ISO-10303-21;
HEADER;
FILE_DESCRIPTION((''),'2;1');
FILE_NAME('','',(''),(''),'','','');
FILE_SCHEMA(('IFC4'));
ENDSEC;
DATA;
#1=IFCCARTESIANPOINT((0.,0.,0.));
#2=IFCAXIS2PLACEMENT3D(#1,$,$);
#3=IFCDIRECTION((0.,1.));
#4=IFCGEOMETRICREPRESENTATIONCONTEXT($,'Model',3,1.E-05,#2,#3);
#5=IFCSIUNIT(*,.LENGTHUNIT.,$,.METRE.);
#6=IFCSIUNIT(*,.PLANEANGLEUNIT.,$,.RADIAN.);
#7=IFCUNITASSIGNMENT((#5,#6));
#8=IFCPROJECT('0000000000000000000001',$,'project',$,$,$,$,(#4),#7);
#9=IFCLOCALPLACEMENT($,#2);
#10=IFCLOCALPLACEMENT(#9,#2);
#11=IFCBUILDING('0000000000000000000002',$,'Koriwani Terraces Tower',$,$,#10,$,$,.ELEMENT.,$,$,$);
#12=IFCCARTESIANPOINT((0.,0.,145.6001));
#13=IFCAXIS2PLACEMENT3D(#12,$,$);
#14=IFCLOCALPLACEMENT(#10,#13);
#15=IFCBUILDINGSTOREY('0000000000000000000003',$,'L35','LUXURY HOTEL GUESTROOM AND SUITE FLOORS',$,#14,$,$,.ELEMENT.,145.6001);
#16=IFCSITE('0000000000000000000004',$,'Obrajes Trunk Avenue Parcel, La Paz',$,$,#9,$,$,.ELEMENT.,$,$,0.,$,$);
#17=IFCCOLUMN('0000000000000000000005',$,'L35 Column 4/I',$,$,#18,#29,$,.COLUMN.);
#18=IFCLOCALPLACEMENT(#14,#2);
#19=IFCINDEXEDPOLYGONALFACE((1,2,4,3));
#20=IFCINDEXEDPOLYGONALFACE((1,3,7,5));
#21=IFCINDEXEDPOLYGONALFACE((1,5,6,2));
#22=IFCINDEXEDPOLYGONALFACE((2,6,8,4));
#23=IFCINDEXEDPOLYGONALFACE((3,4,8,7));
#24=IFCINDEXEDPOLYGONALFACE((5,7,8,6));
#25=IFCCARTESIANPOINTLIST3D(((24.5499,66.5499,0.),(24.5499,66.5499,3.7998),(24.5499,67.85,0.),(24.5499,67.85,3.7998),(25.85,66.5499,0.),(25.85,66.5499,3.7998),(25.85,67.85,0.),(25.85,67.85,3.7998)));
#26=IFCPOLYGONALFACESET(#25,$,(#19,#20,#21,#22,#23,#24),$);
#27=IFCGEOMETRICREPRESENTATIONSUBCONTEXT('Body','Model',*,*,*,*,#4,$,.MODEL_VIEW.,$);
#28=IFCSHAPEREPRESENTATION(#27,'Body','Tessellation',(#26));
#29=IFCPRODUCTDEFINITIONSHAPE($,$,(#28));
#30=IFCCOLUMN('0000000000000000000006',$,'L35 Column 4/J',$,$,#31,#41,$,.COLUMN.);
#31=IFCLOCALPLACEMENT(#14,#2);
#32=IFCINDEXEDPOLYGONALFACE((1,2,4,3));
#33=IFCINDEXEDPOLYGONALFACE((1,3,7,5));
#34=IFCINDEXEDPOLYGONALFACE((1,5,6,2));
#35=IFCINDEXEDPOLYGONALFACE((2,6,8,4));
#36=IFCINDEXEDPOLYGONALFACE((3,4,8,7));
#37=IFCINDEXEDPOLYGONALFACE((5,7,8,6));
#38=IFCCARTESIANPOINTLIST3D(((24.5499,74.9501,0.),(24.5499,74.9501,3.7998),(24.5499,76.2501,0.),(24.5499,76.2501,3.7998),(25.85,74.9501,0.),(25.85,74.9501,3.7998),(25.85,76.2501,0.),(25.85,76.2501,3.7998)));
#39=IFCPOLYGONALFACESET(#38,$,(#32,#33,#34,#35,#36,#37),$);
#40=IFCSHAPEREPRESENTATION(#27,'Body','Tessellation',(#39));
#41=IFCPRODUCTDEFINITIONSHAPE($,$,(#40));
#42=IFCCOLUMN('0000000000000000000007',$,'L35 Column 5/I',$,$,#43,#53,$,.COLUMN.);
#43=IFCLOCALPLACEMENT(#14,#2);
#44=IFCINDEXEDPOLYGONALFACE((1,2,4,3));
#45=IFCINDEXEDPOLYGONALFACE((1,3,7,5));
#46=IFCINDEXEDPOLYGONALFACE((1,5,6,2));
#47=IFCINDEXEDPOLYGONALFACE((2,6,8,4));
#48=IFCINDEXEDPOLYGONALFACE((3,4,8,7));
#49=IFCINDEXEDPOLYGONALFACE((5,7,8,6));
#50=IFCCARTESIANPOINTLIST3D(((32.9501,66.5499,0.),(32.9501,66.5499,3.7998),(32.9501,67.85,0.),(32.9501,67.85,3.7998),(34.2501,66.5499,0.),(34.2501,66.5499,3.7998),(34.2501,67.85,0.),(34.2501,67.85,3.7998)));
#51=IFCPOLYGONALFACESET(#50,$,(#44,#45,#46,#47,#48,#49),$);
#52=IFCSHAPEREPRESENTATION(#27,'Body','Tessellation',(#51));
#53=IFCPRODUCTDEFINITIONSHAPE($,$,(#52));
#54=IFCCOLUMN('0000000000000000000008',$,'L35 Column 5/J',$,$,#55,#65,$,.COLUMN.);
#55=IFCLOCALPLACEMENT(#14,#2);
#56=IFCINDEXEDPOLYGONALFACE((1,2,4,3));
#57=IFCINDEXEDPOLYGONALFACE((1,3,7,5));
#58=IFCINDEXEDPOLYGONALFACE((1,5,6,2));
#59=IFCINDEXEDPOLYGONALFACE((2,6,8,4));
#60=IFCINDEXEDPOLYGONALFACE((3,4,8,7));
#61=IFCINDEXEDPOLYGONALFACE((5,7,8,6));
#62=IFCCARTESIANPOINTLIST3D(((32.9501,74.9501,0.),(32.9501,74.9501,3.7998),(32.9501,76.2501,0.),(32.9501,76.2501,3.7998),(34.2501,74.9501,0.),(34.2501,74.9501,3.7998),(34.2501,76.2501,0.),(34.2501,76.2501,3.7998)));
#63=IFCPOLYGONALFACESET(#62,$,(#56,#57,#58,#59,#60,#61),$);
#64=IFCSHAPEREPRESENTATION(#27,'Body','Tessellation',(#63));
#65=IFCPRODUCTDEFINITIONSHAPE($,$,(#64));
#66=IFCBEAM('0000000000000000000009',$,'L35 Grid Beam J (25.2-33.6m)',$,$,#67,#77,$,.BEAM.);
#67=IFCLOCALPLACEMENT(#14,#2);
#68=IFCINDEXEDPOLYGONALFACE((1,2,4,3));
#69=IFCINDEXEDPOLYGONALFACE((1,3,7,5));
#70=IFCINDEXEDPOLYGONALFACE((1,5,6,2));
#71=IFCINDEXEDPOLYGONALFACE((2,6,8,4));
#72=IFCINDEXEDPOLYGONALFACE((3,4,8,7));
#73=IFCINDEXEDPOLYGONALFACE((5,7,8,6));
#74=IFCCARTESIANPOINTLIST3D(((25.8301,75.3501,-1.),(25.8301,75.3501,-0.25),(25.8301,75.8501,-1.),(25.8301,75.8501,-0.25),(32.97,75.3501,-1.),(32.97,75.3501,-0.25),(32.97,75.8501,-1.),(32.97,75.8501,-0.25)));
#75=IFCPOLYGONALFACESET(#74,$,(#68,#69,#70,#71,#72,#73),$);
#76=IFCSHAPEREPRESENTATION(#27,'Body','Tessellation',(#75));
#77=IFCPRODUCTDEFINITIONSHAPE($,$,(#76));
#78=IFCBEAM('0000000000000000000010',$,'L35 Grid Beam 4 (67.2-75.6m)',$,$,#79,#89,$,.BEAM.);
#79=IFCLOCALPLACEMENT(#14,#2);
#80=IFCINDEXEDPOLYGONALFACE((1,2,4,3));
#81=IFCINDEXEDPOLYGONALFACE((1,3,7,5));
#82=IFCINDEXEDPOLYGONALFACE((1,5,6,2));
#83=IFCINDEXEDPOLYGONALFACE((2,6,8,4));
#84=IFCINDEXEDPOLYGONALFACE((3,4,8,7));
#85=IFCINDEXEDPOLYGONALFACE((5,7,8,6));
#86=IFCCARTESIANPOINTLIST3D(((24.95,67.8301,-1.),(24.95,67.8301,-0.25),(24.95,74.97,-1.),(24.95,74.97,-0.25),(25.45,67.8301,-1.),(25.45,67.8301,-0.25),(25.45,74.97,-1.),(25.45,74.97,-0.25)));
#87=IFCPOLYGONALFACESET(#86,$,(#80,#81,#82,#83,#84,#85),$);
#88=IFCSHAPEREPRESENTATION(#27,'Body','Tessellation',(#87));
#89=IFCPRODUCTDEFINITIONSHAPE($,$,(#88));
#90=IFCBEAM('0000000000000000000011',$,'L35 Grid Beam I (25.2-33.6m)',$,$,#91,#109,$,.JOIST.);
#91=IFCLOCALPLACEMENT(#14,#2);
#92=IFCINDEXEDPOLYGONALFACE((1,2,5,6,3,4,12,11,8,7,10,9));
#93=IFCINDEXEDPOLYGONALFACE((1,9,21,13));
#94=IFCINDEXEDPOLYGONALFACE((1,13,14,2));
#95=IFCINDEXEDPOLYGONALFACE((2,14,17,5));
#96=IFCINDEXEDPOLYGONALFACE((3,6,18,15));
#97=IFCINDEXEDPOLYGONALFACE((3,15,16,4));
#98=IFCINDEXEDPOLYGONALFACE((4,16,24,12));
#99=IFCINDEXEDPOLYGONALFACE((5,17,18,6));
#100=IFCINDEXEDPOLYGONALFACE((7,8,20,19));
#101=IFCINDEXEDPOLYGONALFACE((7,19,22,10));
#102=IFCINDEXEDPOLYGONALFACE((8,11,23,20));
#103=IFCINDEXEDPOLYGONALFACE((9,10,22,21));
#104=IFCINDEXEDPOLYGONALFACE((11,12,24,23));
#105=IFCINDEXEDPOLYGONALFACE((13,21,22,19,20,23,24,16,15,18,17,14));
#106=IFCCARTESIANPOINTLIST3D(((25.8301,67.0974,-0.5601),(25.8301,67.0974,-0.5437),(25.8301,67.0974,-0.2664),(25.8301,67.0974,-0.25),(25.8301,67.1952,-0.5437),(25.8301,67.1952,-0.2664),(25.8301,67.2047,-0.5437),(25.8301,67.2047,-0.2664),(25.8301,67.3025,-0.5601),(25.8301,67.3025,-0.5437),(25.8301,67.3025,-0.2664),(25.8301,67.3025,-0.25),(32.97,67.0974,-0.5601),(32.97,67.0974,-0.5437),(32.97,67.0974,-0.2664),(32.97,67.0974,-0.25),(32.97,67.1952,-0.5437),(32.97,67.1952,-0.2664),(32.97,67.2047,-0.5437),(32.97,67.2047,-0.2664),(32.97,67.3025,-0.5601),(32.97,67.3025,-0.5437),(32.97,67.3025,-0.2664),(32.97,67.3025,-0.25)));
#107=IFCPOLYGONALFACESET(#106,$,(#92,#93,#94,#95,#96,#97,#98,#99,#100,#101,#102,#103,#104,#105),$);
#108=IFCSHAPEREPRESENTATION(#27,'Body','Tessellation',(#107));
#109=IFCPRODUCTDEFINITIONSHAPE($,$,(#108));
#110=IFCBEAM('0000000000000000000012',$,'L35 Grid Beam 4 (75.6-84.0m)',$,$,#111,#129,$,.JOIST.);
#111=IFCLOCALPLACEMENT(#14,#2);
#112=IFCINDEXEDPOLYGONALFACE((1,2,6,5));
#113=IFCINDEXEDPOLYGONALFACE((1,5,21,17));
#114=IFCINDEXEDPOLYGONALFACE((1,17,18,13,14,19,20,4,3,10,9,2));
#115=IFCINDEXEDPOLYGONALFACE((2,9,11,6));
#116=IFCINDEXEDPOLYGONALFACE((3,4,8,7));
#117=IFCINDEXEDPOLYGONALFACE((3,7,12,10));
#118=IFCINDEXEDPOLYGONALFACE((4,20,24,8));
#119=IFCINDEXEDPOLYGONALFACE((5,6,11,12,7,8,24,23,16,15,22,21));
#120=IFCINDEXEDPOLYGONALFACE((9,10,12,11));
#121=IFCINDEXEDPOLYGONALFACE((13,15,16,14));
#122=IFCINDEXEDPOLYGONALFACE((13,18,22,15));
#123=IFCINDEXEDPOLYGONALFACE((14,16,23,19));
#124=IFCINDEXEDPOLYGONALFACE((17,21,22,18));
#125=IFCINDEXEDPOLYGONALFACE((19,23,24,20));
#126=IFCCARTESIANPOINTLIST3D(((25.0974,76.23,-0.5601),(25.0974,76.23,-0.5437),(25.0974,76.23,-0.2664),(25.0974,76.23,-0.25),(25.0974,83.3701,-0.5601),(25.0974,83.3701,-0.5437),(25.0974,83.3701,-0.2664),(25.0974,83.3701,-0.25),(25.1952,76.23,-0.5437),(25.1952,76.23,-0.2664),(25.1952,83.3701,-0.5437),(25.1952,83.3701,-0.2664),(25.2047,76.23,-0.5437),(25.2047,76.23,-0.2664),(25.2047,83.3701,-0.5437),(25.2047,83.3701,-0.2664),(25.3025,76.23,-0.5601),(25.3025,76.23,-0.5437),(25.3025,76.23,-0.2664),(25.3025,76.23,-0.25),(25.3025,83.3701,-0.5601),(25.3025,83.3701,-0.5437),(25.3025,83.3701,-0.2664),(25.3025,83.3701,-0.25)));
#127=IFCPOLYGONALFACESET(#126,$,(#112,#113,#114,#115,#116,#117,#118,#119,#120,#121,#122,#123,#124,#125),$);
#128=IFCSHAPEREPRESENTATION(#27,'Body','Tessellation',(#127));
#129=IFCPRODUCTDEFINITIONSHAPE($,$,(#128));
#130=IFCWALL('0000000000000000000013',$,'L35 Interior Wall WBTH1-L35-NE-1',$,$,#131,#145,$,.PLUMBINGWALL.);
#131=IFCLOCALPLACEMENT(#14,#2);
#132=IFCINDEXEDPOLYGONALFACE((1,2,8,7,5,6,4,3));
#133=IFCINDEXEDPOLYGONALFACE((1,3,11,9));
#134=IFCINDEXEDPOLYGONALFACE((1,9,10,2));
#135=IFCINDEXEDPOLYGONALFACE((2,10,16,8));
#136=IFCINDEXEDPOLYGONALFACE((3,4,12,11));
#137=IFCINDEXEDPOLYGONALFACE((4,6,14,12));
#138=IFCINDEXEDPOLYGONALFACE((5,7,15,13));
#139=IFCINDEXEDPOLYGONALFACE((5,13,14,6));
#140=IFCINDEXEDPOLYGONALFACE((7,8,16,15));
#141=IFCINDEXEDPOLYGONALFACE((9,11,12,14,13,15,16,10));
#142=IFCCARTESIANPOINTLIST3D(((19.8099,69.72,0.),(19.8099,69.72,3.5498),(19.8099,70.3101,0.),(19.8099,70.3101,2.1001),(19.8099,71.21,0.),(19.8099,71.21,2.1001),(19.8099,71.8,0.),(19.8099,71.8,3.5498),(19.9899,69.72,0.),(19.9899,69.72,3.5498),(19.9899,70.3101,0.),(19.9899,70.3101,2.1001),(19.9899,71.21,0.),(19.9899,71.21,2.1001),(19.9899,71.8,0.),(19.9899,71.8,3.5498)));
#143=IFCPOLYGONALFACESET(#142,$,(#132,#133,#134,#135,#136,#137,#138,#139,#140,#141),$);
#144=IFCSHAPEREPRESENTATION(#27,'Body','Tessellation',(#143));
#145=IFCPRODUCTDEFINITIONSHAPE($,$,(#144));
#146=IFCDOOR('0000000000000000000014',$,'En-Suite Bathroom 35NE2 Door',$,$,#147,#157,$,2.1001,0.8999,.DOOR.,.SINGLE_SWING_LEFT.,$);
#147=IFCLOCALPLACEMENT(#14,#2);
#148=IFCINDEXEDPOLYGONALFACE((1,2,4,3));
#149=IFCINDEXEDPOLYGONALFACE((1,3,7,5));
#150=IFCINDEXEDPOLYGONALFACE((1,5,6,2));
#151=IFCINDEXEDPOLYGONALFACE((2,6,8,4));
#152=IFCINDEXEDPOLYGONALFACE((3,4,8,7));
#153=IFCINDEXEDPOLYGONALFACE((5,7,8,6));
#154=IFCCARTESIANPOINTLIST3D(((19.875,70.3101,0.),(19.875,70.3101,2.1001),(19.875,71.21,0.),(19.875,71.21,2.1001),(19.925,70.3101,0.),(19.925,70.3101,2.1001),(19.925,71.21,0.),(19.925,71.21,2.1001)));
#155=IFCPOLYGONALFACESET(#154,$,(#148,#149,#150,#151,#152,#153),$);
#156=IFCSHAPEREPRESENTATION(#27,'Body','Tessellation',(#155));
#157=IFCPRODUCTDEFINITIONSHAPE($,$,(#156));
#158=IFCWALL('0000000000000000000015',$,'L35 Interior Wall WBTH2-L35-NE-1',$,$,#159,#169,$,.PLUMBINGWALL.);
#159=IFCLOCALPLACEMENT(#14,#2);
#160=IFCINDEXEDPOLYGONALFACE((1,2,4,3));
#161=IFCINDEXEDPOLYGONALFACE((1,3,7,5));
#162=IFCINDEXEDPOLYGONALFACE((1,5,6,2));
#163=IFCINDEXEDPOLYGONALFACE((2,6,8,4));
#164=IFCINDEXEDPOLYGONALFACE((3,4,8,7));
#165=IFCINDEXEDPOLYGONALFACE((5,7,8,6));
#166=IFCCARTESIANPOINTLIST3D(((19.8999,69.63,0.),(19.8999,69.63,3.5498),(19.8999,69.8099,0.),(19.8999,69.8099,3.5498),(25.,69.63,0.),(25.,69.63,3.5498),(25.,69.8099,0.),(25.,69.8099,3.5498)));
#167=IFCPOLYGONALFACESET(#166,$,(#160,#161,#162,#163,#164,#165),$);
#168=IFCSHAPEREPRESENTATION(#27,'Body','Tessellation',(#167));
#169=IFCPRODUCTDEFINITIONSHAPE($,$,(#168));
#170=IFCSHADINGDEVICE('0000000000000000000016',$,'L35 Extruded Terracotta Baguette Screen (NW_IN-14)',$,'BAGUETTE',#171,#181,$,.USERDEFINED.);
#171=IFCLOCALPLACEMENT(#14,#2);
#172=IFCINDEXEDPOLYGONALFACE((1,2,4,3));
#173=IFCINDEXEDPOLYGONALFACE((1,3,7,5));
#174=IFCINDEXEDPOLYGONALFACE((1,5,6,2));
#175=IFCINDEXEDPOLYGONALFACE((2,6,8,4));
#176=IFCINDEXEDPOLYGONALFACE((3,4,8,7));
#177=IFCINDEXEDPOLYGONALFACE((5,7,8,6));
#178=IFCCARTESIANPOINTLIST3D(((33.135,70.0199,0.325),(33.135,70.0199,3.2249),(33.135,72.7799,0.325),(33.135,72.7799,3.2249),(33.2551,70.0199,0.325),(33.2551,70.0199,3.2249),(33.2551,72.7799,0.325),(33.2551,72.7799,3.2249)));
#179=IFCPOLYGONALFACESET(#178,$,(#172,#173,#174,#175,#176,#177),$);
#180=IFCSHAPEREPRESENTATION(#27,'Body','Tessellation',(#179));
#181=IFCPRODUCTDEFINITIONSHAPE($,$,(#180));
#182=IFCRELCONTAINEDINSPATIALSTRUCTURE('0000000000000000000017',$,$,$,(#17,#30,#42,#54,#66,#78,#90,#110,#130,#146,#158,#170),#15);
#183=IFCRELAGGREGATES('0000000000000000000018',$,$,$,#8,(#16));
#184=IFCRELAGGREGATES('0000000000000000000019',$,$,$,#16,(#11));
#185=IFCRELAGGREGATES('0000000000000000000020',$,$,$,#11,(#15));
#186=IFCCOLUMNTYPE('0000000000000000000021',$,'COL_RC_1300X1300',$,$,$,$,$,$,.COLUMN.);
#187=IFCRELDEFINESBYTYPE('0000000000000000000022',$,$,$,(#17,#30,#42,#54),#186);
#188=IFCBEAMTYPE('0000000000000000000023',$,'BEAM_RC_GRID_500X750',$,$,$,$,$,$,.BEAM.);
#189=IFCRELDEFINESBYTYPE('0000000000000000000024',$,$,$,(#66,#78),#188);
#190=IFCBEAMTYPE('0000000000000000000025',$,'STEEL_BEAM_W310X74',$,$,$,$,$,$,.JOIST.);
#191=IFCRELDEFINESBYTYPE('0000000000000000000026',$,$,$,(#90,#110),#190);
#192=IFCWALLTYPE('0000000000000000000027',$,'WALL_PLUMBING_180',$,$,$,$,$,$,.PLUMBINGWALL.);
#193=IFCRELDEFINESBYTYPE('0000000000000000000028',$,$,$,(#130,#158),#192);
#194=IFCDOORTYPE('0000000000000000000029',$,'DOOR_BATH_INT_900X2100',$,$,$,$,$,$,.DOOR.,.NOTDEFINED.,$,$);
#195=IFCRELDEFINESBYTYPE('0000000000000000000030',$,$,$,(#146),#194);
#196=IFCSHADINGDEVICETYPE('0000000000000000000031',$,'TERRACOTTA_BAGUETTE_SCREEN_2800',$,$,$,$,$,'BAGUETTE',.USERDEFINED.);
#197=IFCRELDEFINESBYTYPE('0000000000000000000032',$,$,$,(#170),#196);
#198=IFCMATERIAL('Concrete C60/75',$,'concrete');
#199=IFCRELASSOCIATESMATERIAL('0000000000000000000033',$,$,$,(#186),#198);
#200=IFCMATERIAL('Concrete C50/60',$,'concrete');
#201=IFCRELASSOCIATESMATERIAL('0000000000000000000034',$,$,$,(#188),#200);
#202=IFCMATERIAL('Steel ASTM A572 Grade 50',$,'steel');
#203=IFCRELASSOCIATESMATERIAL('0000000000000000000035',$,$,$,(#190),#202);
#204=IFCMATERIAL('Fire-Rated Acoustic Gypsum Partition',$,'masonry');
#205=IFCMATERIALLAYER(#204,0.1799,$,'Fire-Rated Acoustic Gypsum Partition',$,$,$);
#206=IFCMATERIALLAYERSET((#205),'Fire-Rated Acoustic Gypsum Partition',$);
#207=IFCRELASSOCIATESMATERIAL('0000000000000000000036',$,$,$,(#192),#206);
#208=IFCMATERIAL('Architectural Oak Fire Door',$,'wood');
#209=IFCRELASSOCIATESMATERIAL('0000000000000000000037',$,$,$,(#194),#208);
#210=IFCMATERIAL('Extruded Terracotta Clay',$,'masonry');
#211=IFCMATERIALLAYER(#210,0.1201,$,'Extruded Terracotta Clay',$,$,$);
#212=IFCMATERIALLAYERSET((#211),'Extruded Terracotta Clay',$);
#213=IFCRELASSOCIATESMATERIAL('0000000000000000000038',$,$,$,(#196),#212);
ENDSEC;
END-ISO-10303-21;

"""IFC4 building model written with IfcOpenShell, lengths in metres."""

from ifc_helpers import new_model, si_unit, direction, frame, frame_2d, origin, origin_2d, place, context, subcontext, project, spatial, rectangle, i_section, extrude, material, layer, layer_set, material_profile, profile_set, type_object, element, fill, save


model = new_model("IFC4")

# Units and contexts
model_context = context("Model", 3, precision=1e-05, world=origin(), true_north=direction((0.0, 1.0)))
body_context = subcontext(model_context, "Body", "Model", "MODEL_VIEW")
ifc_project = project(units=[si_unit("LENGTHUNIT", "METRE"), si_unit("PLANEANGLEUNIT", "RADIAN")], contexts=[model_context])

# Site, building, storey
site_placement = place(None, origin())
site = spatial("IfcSite", under=ifc_project, at=site_placement, Name="Obrajes Trunk Avenue Parcel, La Paz", CompositionType="ELEMENT", RefElevation=0.0)
building_placement = place(site_placement, origin())
building = spatial("IfcBuilding", under=site, at=building_placement, Name="Koriwani Terraces Tower", CompositionType="ELEMENT")
storey_placement = place(building_placement, frame((0.0, 0.0, 145.6001)))
storey = spatial("IfcBuildingStorey", under=building, at=storey_placement, Name="L35", Description="LUXURY HOTEL GUESTROOM AND SUITE FLOORS", CompositionType="ELEMENT", Elevation=145.6001)

# Columns
ifc_material_1 = material(Name="Concrete C60/75", Category="concrete")
ifc_material_profile_1 = material_profile(ifc_material_1, rectangle(XDim=1.3, YDim=1.3, at=origin_2d()), Name="Concrete C60/75", Category="LoadBearing")
ifc_profile_set_1 = profile_set([ifc_material_profile_1], Name="Concrete C60/75")
column_type = type_object("IfcColumnType", Name="COL_RC_1300X1300", PredefinedType="COLUMN", material=ifc_profile_set_1)
for number, where, z_axis, x_axis, name in (
    (1, (25.2, 67.2, 0.0), (0.0, 0.0, 1.0), (1.0, 0.0, 0.0), "L35 Column 4/I"),
    (2, (25.2, 75.6001, 0.0), (0.0, 0.0, 1.0), (1.0, 0.0, 0.0), "L35 Column 4/J"),
    (3, (33.6001, 67.2, 0.0), (0.0, 0.0, 1.0), (1.0, 0.0, 0.0), "L35 Column 5/I"),
    (4, (33.6001, 75.6001, 0.0), (0.0, 0.0, 1.0), (1.0, 0.0, 0.0), "L35 Column 5/J"),
):
    element("IfcColumn", number, at=place(storey_placement, frame(where, z_axis=z_axis, x_axis=x_axis)), inside=storey, type_object=column_type, Name=name, PredefinedType="COLUMN", context=body_context, shape_type="SweptSolid", body=[
        extrude(rectangle(XDim=1.3, YDim=1.3, at=origin_2d()), origin(), (0.0, 0.0, 1.0), 3.7998),
    ])

# Beams
ifc_material_2 = material(Name="Concrete C50/60", Category="concrete")
ifc_material_profile_2 = material_profile(ifc_material_2, rectangle(XDim=0.5, YDim=0.75, at=origin_2d()), Name="Concrete C50/60", Category="LoadBearing")
ifc_profile_set_2 = profile_set([ifc_material_profile_2], Name="Concrete C50/60")
beam_type_1 = type_object("IfcBeamType", Name="BEAM_RC_GRID_500X750", PredefinedType="BEAM", material=ifc_profile_set_2)
for number, where, z_axis, x_axis, name in (
    (5, (25.8301, 75.6001, -0.625), (1.0, 0.0, 0.0), (0.0, 1.0, 0.0), "L35 Grid Beam J (25.2-33.6m)"),
    (6, (25.2, 67.8301, -0.625), (0.0, 1.0, 0.0), (-1.0, 0.0, 0.0), "L35 Grid Beam 4 (67.2-75.6m)"),
):
    element("IfcBeam", number, at=place(storey_placement, frame(where, z_axis=z_axis, x_axis=x_axis)), inside=storey, type_object=beam_type_1, Name=name, PredefinedType="BEAM", context=body_context, shape_type="SweptSolid", body=[
        extrude(rectangle(XDim=0.5, YDim=0.75, at=origin_2d()), origin(), (0.0, 0.0, 1.0), 7.1399),
    ])
ifc_material_3 = material(Name="Steel ASTM A572 Grade 50", Category="steel")
ifc_material_profile_3 = material_profile(ifc_material_3, i_section(OverallWidth=0.2051, OverallDepth=0.3101, WebThickness=0.0095, FlangeThickness=0.0164, at=origin_2d()), Name="Steel ASTM A572 Grade 50", Category="LoadBearing")
ifc_profile_set_3 = profile_set([ifc_material_profile_3], Name="Steel ASTM A572 Grade 50")
beam_type_2 = type_object("IfcBeamType", Name="STEEL_BEAM_W310X74", PredefinedType="JOIST", material=ifc_profile_set_3)
beam_1_placement = place(storey_placement, frame((25.8301, 67.2, -0.405), z_axis=(1.0, 0.0, 0.0), x_axis=(0.0, 1.0, 0.0)))
element("IfcBeam", 7, at=beam_1_placement, inside=storey, type_object=beam_type_2, Name="L35 Grid Beam I (25.2-33.6m)", PredefinedType="JOIST", context=body_context, shape_type="SweptSolid", body=[
    extrude(i_section(OverallWidth=0.2051, OverallDepth=0.3101, WebThickness=0.0095, FlangeThickness=0.0164, at=origin_2d()), origin(), (0.0, 0.0, 1.0), 7.1399),
])
beam_2_placement = place(storey_placement, frame((25.2, 76.23, -0.405), z_axis=(0.0, 1.0, 0.0), x_axis=(-1.0, 0.0, 0.0)))
element("IfcBeam", 8, at=beam_2_placement, inside=storey, type_object=beam_type_2, Name="L35 Grid Beam 4 (75.6-84.0m)", PredefinedType="JOIST", context=body_context, shape_type="SweptSolid", body=[
    extrude(i_section(OverallWidth=0.2051, OverallDepth=0.3101, WebThickness=0.0095, FlangeThickness=0.0164, at=origin_2d()), origin(), (0.0, 0.0, 1.0), 7.1401),
])

# Wall, opening, door
ifc_material_4 = material(Name="Fire-Rated Acoustic Gypsum Partition", Category="masonry")
ifc_layer_1 = layer(ifc_material_4, 0.1799, Name="Fire-Rated Acoustic Gypsum Partition")
ifc_layer_set_1 = layer_set([ifc_layer_1], Name="Fire-Rated Acoustic Gypsum Partition")
wall_type = type_object("IfcWallType", Name="WALL_PLUMBING_180", PredefinedType="PLUMBINGWALL", material=ifc_layer_set_1)
wall_1_placement = place(storey_placement, frame((19.8999, 69.72, 0.0), z_axis=(0.0, 0.0, 1.0), x_axis=(0.0, 1.0, 0.0)))
wall_1 = element("IfcWall", 9, at=wall_1_placement, inside=storey, type_object=wall_type, Name="L35 Interior Wall WBTH1-L35-NE-1", PredefinedType="PLUMBINGWALL", context=body_context, shape_type="SweptSolid", body=[
    extrude(rectangle(XDim=2.0801, YDim=0.1799, at=frame_2d((1.04, 0.0))), origin(), (0.0, 0.0, 1.0), 3.5498),
])
opening_placement = place(wall_1_placement, frame((0.5901, 0.0, 0.0)))
opening = element("IfcOpeningElement", 10, at=opening_placement, cuts=wall_1, PredefinedType="OPENING", context=body_context, shape_type="SweptSolid", body=[
    extrude(rectangle(XDim=0.8999, YDim=2.1001, at=frame_2d((0.45, 1.05))), frame((0.0, 0.1001, 0.0), z_axis=(0.0, -1.0, 0.0), x_axis=(1.0, 0.0, 0.0)), (0.0, 0.0, 1.0), 0.2),
])
ifc_material_5 = material(Name="Architectural Oak Fire Door", Category="wood")
door_type = type_object("IfcDoorType", Name="DOOR_BATH_INT_900X2100", OperationType="NOTDEFINED", PredefinedType="DOOR", material=ifc_material_5)
door_placement = place(opening_placement, origin())
door = element("IfcDoor", 11, at=door_placement, inside=storey, type_object=door_type, Name="En-Suite Bathroom 35NE2 Door", OperationType="SINGLE_SWING_LEFT", OverallHeight=2.1001, OverallWidth=0.8999, PredefinedType="DOOR", context=body_context, shape_type="SweptSolid", body=[
    extrude(rectangle(XDim=0.8999, YDim=2.1001, at=frame_2d((0.45, 1.05))), frame((0.0, 0.0249, 0.0), z_axis=(0.0, -1.0, 0.0), x_axis=(1.0, 0.0, 0.0)), (0.0, 0.0, 1.0), 0.05),
])
fill(opening, door)

# Wall
wall_2_placement = place(storey_placement, frame((19.8999, 69.72, 0.0), z_axis=(0.0, 0.0, 1.0), x_axis=(1.0, 0.0, 0.0)))
element("IfcWall", 12, at=wall_2_placement, inside=storey, type_object=wall_type, Name="L35 Interior Wall WBTH2-L35-NE-1", PredefinedType="PLUMBINGWALL", context=body_context, shape_type="SweptSolid", body=[
    extrude(rectangle(XDim=5.1001, YDim=0.1799, at=frame_2d((2.55, 0.0))), origin(), (0.0, 0.0, 1.0), 3.5498),
])

# Shading device
ifc_material_6 = material(Name="Extruded Terracotta Clay", Category="masonry")
ifc_layer_2 = layer(ifc_material_6, 0.1201, Name="Extruded Terracotta Clay")
ifc_layer_set_2 = layer_set([ifc_layer_2], Name="Extruded Terracotta Clay")
shading_device_type = type_object("IfcShadingDeviceType", Name="TERRACOTTA_BAGUETTE_SCREEN_2800", ElementType="BAGUETTE", PredefinedType="USERDEFINED", material=ifc_layer_set_2)
shading_device_placement = place(storey_placement, frame((33.1951, 71.3999, 0.325), z_axis=(0.0, 0.0, 1.0), x_axis=(0.0, -1.0, 0.0)))
element("IfcShadingDevice", 13, at=shading_device_placement, inside=storey, type_object=shading_device_type, Name="L35 Extruded Terracotta Baguette Screen (NW_IN-14)", ObjectType="BAGUETTE", PredefinedType="USERDEFINED", context=body_context, shape_type="SweptSolid", body=[
    extrude(rectangle(XDim=2.76, YDim=0.1201, at=origin_2d()), origin(), (0.0, 0.0, 1.0), 2.8999),
])

save(model, "model.ifc")
